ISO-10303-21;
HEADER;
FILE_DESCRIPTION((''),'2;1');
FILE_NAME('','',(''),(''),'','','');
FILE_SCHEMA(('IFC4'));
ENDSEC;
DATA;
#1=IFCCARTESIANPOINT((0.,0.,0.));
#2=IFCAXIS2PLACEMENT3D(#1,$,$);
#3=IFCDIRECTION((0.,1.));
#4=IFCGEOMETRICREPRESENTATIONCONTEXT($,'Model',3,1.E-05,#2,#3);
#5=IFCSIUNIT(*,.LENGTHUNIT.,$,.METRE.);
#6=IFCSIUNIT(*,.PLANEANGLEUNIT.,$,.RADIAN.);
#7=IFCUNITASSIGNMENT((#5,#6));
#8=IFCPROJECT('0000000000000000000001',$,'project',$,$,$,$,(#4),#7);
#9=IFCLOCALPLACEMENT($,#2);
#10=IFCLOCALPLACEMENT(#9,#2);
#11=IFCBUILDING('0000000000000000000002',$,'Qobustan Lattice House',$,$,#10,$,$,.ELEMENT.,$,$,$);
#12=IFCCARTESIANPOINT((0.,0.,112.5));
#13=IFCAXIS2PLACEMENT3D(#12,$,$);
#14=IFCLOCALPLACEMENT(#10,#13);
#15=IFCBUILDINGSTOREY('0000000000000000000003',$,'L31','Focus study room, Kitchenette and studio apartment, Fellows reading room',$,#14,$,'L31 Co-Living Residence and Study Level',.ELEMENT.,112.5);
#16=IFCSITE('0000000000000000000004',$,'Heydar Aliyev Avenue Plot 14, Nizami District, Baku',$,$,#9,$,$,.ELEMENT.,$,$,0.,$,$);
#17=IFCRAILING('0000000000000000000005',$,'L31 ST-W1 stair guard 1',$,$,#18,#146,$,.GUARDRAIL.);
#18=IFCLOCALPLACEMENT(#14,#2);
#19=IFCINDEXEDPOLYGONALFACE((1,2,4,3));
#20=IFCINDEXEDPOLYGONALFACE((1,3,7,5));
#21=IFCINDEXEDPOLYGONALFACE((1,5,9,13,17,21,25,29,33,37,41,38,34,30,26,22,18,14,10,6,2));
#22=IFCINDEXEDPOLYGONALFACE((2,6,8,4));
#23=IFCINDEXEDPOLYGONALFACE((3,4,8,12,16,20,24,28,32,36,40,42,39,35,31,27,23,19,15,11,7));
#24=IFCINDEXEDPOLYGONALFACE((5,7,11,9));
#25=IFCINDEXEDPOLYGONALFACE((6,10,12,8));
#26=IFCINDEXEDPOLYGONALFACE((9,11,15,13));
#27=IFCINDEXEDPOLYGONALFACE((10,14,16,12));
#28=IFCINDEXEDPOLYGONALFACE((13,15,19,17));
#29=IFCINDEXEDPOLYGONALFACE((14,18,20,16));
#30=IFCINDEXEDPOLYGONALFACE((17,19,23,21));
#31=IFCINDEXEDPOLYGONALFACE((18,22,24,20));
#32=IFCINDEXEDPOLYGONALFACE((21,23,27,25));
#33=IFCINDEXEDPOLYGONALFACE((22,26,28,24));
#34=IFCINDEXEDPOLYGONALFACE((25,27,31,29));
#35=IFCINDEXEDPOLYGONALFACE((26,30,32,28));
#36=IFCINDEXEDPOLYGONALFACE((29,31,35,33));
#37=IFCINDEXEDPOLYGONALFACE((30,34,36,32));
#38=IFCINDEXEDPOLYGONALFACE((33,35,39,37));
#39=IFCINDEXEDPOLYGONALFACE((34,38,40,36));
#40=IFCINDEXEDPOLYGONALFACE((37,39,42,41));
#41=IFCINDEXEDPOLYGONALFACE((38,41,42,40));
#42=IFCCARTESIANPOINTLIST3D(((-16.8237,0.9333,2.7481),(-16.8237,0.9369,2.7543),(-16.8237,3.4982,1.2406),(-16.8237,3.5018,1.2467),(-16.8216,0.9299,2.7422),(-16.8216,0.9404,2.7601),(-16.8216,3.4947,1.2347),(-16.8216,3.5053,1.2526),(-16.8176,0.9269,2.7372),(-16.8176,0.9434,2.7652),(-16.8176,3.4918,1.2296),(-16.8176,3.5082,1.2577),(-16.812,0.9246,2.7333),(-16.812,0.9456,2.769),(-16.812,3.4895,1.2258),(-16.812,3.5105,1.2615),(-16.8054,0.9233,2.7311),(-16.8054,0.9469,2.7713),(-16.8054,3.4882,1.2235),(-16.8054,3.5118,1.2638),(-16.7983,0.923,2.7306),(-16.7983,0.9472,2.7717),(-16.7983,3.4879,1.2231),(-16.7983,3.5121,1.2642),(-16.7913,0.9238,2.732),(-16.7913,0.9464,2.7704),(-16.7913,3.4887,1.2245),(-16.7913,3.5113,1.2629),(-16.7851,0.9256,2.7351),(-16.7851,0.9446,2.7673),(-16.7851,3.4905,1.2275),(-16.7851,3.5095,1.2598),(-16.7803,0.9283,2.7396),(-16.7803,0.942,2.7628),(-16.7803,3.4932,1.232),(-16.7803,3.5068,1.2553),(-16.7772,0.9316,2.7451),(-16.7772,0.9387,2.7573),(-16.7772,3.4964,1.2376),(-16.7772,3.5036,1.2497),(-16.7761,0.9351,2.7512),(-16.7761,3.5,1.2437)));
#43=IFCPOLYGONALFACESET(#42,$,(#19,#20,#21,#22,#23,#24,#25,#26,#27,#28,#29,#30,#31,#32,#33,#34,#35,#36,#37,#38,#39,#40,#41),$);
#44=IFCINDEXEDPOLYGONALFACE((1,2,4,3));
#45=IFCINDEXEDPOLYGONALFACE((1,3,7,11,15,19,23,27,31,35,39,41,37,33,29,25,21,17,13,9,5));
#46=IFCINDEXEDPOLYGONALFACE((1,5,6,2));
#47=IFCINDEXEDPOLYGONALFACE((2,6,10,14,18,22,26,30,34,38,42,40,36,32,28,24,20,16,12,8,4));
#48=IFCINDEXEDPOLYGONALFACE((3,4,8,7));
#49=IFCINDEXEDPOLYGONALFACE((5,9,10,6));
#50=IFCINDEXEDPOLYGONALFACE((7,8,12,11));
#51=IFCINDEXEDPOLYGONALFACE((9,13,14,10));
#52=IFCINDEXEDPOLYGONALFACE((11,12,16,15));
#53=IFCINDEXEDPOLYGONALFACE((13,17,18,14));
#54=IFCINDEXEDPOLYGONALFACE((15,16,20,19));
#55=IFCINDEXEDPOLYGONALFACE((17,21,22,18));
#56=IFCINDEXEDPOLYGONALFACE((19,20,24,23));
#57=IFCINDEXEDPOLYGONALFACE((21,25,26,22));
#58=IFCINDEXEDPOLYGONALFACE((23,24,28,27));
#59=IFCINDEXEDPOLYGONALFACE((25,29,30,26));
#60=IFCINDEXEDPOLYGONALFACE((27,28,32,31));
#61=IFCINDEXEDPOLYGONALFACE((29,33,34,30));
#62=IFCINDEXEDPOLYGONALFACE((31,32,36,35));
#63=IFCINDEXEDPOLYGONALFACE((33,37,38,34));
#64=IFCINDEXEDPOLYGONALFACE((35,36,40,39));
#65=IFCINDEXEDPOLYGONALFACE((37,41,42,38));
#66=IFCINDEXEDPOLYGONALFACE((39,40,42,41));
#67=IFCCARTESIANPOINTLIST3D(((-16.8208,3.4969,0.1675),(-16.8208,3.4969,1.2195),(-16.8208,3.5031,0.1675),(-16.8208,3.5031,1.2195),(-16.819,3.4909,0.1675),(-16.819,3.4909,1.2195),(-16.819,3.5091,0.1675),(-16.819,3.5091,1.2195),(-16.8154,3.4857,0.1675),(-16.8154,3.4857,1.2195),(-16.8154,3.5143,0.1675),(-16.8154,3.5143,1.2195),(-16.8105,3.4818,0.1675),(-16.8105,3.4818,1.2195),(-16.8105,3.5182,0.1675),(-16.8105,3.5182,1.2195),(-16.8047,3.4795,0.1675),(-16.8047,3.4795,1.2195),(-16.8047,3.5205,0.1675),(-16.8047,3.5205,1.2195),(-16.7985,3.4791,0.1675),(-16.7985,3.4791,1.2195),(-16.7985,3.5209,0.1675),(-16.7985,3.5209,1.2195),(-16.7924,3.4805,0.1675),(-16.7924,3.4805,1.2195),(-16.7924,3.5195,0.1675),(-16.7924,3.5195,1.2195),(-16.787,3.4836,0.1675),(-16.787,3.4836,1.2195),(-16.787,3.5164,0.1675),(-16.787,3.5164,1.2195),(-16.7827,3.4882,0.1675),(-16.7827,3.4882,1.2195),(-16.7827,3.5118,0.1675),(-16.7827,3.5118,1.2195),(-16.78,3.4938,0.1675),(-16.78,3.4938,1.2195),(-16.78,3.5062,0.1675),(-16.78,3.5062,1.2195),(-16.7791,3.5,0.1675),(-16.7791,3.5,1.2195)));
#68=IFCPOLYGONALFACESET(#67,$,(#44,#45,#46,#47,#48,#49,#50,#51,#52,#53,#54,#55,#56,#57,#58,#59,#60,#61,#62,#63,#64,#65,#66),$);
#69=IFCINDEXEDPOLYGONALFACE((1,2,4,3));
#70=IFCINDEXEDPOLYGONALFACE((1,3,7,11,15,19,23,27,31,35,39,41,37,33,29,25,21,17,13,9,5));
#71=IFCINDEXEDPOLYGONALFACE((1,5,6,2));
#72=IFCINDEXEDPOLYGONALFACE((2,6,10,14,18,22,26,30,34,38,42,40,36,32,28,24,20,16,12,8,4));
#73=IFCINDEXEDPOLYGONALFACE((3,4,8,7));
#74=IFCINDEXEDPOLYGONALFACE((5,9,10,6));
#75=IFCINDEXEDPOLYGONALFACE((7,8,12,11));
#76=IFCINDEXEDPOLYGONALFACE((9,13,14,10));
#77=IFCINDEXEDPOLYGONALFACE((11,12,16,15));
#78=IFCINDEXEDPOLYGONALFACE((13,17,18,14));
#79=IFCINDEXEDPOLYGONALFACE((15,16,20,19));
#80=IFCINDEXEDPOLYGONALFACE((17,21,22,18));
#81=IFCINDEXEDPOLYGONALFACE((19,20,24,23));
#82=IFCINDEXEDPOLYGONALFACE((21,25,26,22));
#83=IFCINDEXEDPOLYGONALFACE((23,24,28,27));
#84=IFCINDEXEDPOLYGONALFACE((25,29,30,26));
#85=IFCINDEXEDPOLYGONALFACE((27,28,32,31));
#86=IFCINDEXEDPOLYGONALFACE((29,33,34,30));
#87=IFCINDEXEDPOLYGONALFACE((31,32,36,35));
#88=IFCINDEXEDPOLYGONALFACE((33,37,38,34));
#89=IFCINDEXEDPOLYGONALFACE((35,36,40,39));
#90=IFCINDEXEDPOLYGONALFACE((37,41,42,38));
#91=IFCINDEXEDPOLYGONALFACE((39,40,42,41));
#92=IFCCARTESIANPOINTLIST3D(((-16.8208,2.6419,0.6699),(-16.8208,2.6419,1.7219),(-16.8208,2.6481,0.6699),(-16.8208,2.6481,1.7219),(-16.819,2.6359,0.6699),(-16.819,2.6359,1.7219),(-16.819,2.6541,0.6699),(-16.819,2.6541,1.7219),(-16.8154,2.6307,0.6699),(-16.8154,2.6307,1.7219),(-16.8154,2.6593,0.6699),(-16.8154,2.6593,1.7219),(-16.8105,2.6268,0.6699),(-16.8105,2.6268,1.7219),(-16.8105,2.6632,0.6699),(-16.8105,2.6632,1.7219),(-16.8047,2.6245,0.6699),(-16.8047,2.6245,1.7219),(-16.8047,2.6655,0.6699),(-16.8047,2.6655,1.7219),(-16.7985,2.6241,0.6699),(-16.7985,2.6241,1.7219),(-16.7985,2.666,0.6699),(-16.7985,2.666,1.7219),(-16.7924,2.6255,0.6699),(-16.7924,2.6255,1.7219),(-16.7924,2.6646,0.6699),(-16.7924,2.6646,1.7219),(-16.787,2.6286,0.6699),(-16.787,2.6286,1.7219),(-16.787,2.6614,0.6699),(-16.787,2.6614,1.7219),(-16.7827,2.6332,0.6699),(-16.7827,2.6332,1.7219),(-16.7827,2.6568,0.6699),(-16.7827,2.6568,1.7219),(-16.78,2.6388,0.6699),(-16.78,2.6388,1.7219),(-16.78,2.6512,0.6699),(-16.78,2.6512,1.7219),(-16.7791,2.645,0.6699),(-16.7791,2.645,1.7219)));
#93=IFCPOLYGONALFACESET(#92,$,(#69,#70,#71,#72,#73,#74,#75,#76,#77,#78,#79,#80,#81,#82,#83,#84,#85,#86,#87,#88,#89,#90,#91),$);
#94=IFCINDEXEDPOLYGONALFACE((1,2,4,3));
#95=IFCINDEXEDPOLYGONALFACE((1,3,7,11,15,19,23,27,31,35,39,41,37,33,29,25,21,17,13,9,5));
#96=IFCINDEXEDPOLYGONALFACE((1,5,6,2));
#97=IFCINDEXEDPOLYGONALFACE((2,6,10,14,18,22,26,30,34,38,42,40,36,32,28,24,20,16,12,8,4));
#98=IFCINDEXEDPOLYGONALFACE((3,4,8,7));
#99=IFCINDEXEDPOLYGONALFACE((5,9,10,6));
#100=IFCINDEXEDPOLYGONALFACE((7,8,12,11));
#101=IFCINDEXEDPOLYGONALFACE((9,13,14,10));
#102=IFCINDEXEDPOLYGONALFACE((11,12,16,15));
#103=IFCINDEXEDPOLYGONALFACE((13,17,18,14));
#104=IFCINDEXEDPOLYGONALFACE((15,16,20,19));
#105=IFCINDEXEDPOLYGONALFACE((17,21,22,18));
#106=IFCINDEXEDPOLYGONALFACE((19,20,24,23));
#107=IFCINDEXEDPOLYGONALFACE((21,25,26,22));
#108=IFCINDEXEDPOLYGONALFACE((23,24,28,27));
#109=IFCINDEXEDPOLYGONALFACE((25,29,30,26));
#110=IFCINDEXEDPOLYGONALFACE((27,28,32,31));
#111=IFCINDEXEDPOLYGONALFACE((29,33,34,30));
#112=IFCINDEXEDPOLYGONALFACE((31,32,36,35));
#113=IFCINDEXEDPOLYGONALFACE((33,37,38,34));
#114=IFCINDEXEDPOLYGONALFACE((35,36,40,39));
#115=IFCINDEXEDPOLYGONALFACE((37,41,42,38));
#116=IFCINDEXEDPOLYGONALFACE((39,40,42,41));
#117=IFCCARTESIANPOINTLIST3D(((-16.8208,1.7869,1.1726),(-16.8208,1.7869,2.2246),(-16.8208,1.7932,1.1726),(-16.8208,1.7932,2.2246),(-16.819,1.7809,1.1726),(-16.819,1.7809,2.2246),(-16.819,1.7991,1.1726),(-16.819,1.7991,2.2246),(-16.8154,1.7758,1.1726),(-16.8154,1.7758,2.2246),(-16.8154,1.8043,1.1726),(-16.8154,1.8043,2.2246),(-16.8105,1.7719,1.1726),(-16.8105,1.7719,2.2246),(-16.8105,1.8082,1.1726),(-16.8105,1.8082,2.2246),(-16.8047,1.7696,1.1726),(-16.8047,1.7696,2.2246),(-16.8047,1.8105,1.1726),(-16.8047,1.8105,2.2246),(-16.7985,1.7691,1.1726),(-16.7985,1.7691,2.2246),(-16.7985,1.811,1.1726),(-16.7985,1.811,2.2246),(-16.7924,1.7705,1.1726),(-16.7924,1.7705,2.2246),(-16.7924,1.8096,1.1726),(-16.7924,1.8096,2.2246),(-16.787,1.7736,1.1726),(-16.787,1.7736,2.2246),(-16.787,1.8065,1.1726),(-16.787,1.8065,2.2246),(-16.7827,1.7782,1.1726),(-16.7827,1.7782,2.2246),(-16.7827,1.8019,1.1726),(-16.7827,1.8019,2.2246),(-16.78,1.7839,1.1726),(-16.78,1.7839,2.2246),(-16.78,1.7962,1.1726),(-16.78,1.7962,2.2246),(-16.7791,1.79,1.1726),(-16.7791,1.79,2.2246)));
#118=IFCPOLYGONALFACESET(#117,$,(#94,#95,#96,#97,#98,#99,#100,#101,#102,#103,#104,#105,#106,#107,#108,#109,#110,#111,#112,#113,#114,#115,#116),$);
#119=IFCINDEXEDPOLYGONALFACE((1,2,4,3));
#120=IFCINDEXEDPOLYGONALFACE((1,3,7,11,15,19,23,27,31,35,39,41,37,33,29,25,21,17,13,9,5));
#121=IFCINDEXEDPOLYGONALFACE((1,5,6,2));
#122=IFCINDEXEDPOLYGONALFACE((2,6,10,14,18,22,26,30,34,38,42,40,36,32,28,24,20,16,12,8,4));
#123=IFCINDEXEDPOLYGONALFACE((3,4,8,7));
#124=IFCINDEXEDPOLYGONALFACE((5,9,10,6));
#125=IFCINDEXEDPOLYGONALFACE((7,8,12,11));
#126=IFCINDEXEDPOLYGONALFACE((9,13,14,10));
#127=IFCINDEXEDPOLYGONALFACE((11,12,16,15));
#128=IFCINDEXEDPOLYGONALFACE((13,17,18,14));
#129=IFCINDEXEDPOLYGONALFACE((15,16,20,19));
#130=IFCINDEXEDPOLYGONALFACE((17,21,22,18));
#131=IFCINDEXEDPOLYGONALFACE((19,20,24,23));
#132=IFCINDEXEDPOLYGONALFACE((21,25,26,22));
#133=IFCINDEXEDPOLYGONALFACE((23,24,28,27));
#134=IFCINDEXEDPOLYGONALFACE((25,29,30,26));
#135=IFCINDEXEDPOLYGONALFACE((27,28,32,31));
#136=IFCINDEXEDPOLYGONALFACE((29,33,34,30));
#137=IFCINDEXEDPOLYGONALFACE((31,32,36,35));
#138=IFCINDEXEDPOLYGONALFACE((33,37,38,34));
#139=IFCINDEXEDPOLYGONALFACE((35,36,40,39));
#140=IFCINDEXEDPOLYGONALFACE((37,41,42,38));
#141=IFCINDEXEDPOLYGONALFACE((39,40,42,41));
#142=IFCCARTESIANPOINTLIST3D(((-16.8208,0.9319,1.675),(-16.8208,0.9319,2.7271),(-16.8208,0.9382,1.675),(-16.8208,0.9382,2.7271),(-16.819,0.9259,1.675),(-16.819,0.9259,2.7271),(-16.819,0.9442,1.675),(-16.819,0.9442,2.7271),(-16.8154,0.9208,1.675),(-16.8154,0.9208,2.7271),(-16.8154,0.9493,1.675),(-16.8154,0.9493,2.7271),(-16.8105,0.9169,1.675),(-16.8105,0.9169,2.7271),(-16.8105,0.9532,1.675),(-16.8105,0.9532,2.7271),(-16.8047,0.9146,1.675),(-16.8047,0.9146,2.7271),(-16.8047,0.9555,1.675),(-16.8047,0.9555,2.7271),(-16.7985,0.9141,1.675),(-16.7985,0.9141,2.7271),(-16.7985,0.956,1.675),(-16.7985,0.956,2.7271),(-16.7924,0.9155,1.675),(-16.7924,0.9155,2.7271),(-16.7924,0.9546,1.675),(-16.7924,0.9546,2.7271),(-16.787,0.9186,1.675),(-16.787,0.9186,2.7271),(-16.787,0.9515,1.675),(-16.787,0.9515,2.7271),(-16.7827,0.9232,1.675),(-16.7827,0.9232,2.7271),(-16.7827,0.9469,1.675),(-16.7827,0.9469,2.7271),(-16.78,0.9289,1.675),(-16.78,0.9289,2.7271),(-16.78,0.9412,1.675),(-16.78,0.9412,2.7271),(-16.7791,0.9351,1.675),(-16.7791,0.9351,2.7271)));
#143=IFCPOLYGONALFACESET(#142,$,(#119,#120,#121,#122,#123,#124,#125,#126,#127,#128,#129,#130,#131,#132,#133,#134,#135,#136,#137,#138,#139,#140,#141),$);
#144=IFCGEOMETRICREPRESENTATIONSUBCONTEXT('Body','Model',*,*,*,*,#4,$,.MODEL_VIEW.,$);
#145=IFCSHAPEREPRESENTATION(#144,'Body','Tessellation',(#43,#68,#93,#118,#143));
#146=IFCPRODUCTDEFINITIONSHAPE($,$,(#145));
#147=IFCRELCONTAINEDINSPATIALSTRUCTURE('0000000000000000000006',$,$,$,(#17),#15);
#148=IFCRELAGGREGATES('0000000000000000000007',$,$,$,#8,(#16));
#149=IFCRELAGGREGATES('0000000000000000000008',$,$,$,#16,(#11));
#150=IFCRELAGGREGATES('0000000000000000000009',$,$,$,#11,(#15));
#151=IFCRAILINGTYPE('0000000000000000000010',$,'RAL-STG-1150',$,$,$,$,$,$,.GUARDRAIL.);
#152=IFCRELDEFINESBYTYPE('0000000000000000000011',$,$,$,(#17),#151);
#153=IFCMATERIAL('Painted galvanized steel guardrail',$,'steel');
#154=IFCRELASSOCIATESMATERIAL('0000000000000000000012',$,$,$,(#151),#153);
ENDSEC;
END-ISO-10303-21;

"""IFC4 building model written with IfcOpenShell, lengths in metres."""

from ifc_helpers import new_model, si_unit, direction, frame, origin, origin_2d, place, context, subcontext, project, spatial, circle, extrude, material, type_object, element, save


model = new_model("IFC4")

# Units and contexts
model_context = context("Model", 3, precision=1e-05, world=origin(), true_north=direction((0.0, 1.0)))
body_context = subcontext(model_context, "Body", "Model", "MODEL_VIEW")
ifc_project = project(units=[si_unit("LENGTHUNIT", "METRE"), si_unit("PLANEANGLEUNIT", "RADIAN")], contexts=[model_context])

# Site, building, storey
site_placement = place(None, origin())
site = spatial("IfcSite", under=ifc_project, at=site_placement, Name="Heydar Aliyev Avenue Plot 14, Nizami District, Baku", CompositionType="ELEMENT", RefElevation=0.0)
building_placement = place(site_placement, origin())
building = spatial("IfcBuilding", under=site, at=building_placement, Name="Qobustan Lattice House", CompositionType="ELEMENT")
storey_placement = place(building_placement, frame((0.0, 0.0, 112.5)))
storey = spatial("IfcBuildingStorey", under=building, at=storey_placement, Name="L31", Description="Focus study room, Kitchenette and studio apartment, Fellows reading room", LongName="L31 Co-Living Residence and Study Level", CompositionType="ELEMENT", Elevation=112.5)

# Railing
ifc_material_1 = material(Name="Painted galvanized steel guardrail", Category="steel")
railing_type_1 = type_object("IfcRailingType", Name="RAL-STG-1150", PredefinedType="GUARDRAIL", material=ifc_material_1)
railing_1_placement = place(storey_placement, frame((-16.8, 3.5, 0.1675)))
element("IfcRailing", 1, at=railing_1_placement, inside=storey, type_object=railing_type_1, Name="L31 ST-W1 stair guard 1", PredefinedType="GUARDRAIL", context=body_context, shape_type="SweptSolid", body=[
    extrude(circle(Radius=0.0239, at=origin_2d()), frame((0.0, 0.0, 1.0762), z_axis=(0.0, -0.862113, 0.506715), x_axis=(1.0, 0.0, 0.0)), (0.0, 0.0, 1.0), 2.9751),
    extrude(circle(Radius=0.021, at=origin_2d()), origin(), (0.0, 0.0, 1.0), 1.052),
    extrude(circle(Radius=0.021, at=origin_2d()), frame((0.0, -0.855, 0.5024)), (0.0, 0.0, 1.0), 1.052),
    extrude(circle(Radius=0.021, at=origin_2d()), frame((0.0, -1.71, 1.0051)), (0.0, 0.0, 1.0), 1.052),
    extrude(circle(Radius=0.021, at=origin_2d()), frame((0.0, -2.5649, 1.5076)), (0.0, 0.0, 1.0), 1.052),
])

save(model, "model.ifc")
